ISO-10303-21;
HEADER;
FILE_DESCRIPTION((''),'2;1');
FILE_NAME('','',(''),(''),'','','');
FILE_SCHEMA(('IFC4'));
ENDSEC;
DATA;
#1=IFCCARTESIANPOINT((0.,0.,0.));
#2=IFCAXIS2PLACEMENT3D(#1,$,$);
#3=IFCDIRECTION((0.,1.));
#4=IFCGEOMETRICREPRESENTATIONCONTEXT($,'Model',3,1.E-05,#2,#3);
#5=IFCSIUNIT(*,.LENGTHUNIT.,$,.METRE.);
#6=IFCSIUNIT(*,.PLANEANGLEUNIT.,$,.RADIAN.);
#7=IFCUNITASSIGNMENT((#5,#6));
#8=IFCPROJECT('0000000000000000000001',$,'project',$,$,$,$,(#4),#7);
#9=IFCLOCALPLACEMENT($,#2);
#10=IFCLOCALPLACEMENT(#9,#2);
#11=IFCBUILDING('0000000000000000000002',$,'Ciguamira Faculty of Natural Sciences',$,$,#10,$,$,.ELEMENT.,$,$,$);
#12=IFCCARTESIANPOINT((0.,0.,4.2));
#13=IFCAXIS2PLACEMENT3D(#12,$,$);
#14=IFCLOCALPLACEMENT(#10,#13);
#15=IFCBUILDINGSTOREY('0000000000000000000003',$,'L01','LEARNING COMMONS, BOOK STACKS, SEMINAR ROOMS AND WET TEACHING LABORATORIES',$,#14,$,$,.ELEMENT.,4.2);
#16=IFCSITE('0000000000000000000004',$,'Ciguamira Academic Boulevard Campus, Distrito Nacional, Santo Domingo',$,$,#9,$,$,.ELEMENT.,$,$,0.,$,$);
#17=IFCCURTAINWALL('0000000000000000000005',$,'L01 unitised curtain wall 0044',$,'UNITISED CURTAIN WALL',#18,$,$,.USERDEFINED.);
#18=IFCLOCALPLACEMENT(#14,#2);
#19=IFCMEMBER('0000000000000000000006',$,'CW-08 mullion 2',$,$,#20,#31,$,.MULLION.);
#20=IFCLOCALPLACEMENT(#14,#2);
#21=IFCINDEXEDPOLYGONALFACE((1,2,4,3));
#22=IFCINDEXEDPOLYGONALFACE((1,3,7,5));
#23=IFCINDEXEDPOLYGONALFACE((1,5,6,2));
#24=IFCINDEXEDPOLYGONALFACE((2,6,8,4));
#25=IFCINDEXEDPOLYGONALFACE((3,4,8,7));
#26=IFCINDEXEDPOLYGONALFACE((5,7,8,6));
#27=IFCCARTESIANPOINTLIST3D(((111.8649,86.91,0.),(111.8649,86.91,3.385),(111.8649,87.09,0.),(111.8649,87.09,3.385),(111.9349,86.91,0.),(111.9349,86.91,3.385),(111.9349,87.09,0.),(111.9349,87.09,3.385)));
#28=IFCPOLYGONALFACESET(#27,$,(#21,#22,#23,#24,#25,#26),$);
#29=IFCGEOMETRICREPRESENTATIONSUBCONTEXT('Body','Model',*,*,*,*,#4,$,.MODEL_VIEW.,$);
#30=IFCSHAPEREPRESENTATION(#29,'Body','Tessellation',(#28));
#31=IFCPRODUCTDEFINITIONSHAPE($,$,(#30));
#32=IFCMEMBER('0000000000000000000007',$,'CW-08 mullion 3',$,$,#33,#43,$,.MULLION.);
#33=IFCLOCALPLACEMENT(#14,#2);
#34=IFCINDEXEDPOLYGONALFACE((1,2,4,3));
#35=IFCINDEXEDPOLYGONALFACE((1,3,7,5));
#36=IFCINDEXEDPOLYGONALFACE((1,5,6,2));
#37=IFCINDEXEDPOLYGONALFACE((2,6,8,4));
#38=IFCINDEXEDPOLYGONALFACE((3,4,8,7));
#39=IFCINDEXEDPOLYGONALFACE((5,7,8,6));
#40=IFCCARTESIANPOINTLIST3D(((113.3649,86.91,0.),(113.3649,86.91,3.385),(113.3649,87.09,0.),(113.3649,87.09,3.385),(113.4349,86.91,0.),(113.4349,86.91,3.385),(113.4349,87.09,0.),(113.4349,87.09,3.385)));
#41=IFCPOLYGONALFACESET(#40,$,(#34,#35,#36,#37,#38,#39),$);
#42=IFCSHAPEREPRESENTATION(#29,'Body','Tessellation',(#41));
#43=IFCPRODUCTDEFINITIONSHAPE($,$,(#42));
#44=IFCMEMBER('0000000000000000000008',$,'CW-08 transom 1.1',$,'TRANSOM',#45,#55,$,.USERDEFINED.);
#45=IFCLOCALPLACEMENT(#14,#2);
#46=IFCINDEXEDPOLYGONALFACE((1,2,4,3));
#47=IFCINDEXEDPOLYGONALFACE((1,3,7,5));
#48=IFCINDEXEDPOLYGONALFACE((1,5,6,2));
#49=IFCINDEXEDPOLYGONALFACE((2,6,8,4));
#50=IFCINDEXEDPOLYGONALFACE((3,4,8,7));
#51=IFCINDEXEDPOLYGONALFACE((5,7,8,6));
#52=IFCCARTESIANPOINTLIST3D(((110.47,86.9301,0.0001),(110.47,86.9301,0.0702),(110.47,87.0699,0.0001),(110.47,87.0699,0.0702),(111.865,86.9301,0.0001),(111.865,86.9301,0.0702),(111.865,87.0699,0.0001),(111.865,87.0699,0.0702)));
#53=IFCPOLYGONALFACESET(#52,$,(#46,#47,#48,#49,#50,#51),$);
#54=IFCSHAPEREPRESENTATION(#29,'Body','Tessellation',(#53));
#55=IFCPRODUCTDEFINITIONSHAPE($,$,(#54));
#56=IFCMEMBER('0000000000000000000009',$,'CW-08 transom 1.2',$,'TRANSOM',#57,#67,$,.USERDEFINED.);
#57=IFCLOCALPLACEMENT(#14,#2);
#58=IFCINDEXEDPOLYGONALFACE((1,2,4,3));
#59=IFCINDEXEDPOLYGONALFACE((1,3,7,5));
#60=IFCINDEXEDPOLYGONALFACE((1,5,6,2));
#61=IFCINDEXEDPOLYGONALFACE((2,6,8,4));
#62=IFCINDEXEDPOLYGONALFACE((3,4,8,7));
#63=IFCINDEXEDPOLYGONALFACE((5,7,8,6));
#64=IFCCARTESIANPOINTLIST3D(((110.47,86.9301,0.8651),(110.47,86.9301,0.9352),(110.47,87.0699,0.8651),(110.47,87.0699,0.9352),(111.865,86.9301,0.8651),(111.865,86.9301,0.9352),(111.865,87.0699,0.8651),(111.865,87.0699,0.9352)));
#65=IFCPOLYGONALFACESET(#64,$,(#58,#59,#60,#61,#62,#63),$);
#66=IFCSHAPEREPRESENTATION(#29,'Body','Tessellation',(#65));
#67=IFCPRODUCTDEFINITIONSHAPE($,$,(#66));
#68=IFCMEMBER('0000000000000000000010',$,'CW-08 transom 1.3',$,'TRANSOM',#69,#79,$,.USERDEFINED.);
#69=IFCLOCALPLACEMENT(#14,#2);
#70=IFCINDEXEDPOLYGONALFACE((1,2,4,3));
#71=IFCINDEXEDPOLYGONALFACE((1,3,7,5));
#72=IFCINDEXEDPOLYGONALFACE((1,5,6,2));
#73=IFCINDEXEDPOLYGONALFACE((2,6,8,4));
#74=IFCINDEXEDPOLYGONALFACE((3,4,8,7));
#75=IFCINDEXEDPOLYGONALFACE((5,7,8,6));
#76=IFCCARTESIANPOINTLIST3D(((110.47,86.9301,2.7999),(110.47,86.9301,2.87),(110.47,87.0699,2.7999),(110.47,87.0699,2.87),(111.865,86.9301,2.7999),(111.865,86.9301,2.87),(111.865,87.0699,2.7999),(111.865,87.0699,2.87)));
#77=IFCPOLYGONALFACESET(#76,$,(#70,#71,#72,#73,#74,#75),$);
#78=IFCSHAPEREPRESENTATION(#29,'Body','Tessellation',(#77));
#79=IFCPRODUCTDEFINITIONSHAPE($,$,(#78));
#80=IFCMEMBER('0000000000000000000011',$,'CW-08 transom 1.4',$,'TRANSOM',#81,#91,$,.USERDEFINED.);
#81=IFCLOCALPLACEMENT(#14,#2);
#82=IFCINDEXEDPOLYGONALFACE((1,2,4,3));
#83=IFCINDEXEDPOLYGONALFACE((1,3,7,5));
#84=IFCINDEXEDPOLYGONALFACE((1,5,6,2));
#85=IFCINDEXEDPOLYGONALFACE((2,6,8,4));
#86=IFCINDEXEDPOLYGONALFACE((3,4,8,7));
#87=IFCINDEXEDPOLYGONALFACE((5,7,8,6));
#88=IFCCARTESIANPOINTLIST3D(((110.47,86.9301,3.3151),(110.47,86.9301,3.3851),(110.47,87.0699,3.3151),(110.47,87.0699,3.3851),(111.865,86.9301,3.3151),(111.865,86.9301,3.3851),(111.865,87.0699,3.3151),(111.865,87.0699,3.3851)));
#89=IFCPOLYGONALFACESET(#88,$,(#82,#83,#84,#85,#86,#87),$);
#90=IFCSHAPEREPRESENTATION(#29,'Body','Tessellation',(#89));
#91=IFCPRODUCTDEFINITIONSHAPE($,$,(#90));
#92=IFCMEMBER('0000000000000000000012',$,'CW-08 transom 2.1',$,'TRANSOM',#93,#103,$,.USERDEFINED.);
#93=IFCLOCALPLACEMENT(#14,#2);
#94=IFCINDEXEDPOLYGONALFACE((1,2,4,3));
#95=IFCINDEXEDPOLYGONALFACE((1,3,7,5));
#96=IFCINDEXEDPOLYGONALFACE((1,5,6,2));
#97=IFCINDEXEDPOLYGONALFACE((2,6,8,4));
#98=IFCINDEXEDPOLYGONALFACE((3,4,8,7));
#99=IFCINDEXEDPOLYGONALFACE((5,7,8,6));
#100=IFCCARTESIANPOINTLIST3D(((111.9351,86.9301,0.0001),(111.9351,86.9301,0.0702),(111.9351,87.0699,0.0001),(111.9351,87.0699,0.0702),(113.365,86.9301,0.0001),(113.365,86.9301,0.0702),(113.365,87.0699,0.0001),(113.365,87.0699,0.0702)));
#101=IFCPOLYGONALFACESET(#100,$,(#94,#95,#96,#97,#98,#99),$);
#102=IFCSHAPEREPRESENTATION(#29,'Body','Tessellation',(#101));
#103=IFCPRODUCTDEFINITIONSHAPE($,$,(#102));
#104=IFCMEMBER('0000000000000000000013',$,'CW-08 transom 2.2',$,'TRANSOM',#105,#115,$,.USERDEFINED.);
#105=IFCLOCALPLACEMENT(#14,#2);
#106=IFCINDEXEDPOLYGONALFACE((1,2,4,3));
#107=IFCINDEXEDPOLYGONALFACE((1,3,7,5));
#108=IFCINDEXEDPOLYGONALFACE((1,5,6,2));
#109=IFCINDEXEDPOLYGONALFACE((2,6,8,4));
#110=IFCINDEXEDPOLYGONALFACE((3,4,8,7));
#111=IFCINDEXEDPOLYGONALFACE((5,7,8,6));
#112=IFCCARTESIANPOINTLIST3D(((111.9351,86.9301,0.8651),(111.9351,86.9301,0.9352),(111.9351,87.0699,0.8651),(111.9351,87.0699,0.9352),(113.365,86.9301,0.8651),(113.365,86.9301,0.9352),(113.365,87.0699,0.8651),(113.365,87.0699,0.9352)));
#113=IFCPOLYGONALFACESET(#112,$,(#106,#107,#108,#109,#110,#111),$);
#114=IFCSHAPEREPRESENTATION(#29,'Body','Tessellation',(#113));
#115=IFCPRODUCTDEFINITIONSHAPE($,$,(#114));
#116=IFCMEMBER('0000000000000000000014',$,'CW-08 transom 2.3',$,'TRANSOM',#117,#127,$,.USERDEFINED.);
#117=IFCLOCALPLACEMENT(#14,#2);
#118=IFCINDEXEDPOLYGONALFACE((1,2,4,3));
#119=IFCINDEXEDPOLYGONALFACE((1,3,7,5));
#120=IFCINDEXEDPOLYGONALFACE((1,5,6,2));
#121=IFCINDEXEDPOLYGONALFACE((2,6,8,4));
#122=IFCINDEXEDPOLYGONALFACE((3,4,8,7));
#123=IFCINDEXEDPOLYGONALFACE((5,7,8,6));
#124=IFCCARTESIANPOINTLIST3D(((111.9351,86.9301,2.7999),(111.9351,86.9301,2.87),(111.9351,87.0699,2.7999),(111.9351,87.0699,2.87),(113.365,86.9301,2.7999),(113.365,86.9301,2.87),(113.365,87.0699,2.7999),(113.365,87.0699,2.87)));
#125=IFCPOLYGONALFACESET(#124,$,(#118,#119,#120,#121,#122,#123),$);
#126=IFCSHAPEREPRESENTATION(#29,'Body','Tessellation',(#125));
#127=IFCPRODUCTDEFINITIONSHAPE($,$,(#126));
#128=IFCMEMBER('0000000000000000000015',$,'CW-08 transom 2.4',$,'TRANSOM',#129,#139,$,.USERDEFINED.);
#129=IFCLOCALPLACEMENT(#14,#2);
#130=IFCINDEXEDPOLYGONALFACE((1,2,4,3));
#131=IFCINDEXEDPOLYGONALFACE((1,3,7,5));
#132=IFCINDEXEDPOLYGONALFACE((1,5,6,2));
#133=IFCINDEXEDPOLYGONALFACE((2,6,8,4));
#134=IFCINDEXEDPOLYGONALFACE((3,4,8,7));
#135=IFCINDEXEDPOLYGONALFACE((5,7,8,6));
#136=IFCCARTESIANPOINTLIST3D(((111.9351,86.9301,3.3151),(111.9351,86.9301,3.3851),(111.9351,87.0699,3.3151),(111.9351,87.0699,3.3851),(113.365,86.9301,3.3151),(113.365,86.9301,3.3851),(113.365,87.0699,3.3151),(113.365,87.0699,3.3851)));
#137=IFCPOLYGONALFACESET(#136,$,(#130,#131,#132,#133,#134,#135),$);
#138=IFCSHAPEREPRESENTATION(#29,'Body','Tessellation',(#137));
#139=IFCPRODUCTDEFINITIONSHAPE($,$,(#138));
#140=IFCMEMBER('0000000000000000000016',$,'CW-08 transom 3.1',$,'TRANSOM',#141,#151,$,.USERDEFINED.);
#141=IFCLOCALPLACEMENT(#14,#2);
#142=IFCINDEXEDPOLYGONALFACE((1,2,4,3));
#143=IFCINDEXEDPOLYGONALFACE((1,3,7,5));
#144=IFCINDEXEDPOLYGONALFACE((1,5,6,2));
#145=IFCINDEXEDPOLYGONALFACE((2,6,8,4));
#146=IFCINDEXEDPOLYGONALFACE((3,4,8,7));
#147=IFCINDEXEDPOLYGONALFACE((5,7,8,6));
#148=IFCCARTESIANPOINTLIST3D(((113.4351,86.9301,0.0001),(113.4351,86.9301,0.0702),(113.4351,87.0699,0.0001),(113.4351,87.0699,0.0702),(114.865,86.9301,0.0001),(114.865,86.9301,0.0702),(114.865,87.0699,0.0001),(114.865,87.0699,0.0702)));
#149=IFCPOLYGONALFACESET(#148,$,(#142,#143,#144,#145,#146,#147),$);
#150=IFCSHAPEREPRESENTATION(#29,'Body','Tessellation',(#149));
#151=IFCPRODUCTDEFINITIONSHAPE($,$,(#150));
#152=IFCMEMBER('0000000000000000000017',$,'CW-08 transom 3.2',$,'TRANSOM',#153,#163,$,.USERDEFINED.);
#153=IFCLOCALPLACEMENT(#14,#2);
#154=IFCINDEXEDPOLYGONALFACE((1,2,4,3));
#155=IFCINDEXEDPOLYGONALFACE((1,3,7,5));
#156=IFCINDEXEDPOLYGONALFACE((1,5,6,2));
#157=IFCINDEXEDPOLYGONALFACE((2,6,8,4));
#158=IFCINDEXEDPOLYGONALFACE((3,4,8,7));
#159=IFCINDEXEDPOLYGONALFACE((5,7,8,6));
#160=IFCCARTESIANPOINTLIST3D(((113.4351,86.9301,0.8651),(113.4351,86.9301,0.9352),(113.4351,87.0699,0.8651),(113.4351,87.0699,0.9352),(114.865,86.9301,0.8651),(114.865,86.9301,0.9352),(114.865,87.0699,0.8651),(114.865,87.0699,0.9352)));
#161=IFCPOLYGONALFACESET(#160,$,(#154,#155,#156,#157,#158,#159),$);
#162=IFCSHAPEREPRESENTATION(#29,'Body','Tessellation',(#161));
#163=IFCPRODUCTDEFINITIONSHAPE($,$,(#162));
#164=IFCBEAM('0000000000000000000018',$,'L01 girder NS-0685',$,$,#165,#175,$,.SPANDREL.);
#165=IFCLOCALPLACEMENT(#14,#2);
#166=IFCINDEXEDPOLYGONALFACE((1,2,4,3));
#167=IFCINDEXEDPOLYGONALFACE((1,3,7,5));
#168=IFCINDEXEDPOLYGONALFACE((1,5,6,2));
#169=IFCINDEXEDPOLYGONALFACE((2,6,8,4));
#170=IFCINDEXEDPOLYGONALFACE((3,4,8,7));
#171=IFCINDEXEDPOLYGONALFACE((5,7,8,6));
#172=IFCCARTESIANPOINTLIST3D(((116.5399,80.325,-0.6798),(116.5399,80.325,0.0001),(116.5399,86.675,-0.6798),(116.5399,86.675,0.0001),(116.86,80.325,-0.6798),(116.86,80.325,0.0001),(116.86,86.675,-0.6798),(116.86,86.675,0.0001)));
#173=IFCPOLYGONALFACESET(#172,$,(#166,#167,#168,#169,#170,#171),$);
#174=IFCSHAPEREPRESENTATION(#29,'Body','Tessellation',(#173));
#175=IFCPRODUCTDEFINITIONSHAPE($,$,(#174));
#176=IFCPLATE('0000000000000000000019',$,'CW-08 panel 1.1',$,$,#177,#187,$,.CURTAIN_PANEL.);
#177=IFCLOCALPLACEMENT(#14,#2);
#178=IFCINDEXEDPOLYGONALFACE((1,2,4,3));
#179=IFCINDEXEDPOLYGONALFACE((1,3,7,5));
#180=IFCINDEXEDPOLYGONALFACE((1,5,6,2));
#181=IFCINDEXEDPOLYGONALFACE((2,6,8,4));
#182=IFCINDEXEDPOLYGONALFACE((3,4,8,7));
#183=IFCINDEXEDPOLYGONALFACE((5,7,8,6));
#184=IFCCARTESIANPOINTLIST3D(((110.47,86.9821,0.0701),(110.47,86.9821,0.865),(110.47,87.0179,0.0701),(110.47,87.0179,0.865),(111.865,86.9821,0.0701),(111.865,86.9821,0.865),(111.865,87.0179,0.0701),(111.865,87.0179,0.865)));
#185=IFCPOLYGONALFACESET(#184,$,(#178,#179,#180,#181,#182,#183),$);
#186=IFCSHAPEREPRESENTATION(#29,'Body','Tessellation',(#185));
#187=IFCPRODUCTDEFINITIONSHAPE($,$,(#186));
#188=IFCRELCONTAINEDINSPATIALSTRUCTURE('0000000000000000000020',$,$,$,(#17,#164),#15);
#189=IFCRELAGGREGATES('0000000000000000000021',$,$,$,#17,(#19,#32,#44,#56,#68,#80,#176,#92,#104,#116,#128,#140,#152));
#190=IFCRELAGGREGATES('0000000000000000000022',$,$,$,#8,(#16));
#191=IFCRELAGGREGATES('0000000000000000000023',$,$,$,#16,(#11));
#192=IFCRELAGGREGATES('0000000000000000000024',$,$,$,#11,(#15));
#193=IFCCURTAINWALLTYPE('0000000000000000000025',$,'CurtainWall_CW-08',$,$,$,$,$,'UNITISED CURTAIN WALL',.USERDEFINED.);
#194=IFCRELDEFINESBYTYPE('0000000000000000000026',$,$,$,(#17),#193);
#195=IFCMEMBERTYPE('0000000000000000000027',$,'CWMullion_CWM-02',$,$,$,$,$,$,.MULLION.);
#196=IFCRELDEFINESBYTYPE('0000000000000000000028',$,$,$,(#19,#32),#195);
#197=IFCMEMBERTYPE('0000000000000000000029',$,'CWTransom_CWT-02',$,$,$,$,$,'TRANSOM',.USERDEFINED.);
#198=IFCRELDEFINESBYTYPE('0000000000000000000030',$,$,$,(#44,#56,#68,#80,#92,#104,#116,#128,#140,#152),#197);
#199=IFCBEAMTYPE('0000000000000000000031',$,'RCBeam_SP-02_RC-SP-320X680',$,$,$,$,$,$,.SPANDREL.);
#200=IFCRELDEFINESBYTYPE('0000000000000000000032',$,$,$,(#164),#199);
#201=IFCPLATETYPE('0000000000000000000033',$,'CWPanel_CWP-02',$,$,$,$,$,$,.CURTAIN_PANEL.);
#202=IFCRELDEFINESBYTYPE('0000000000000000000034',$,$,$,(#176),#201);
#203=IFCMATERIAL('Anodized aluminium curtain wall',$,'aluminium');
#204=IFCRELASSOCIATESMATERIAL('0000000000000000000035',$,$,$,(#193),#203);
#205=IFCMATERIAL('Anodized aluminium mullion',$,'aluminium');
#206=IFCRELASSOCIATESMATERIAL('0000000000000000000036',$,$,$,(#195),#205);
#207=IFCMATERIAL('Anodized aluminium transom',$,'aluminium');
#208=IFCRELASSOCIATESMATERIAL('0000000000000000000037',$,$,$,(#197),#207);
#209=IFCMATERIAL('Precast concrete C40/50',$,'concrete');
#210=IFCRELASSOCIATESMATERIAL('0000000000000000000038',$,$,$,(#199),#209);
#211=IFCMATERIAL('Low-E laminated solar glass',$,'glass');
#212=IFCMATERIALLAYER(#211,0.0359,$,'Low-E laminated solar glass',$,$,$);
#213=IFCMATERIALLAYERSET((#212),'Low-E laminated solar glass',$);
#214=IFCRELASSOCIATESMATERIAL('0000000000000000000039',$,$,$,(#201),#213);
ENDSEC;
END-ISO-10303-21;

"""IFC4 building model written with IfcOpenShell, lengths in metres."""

from ifc_helpers import new_model, si_unit, direction, frame, origin, origin_2d, place, context, subcontext, project, spatial, rectangle, extrude, material, layer, layer_set, material_profile, profile_set, type_object, element, aggregate, save


model = new_model("IFC4")

# Units and contexts
model_context = context("Model", 3, precision=1e-05, world=origin(), true_north=direction((0.0, 1.0)))
body_context = subcontext(model_context, "Body", "Model", "MODEL_VIEW")
ifc_project = project(units=[si_unit("LENGTHUNIT", "METRE"), si_unit("PLANEANGLEUNIT", "RADIAN")], contexts=[model_context])

# Site, building, storey
site_placement = place(None, origin())
site = spatial("IfcSite", under=ifc_project, at=site_placement, Name="Ciguamira Academic Boulevard Campus, Distrito Nacional, Santo Domingo", CompositionType="ELEMENT", RefElevation=0.0)
building_placement = place(site_placement, origin())
building = spatial("IfcBuilding", under=site, at=building_placement, Name="Ciguamira Faculty of Natural Sciences", CompositionType="ELEMENT")
storey_placement = place(building_placement, frame((0.0, 0.0, 4.2)))
storey = spatial("IfcBuildingStorey", under=building, at=storey_placement, Name="L01", Description="LEARNING COMMONS, BOOK STACKS, SEMINAR ROOMS AND WET TEACHING LABORATORIES", CompositionType="ELEMENT", Elevation=4.2)

# Curtain wall, members
ifc_material_1 = material(Name="Anodized aluminium curtain wall", Category="aluminium")
curtain_wall_type = type_object("IfcCurtainWallType", Name="CurtainWall_CW-08", ElementType="UNITISED CURTAIN WALL", PredefinedType="USERDEFINED", material=ifc_material_1)
curtain_wall_placement = place(storey_placement, origin())
curtain_wall = element("IfcCurtainWall", 1, at=curtain_wall_placement, inside=storey, type_object=curtain_wall_type, Name="L01 unitised curtain wall 0044", ObjectType="UNITISED CURTAIN WALL", PredefinedType="USERDEFINED")
ifc_material_2 = material(Name="Anodized aluminium mullion", Category="aluminium")
ifc_material_profile_1 = material_profile(ifc_material_2, rectangle(XDim=0.0701, YDim=0.1799, at=origin_2d()), Name="ALU-MUL-70X180")
ifc_profile_set_1 = profile_set([ifc_material_profile_1], Name="Anodized aluminium mullion")
member_type_1 = type_object("IfcMemberType", Name="CWMullion_CWM-02", PredefinedType="MULLION", material=ifc_profile_set_1)
member_1_placement = place(storey_placement, frame((111.8999, 87.0, 0.0), z_axis=(0.0, 0.0, 1.0), x_axis=(1.0, 0.0, 0.0)))
member_1 = element("IfcMember", 2, at=member_1_placement, type_object=member_type_1, Name="CW-08 mullion 2", PredefinedType="MULLION", context=body_context, shape_type="SweptSolid", body=[
    extrude(rectangle(XDim=0.0701, YDim=0.1799, at=origin_2d()), origin(), (0.0, 0.0, 1.0), 3.385),
])
member_2_placement = place(storey_placement, frame((113.3999, 87.0, 0.0), z_axis=(0.0, 0.0, 1.0), x_axis=(1.0, 0.0, 0.0)))
member_2 = element("IfcMember", 3, at=member_2_placement, type_object=member_type_1, Name="CW-08 mullion 3", PredefinedType="MULLION", context=body_context, shape_type="SweptSolid", body=[
    extrude(rectangle(XDim=0.0701, YDim=0.1799, at=origin_2d()), origin(), (0.0, 0.0, 1.0), 3.385),
])
ifc_material_3 = material(Name="Anodized aluminium transom", Category="aluminium")
ifc_material_profile_2 = material_profile(ifc_material_3, rectangle(XDim=0.0701, YDim=0.1399, at=origin_2d()), Name="ALU-TRN-70X140")
ifc_profile_set_2 = profile_set([ifc_material_profile_2], Name="Anodized aluminium transom")
member_type_2 = type_object("IfcMemberType", Name="CWTransom_CWT-02", ElementType="TRANSOM", PredefinedType="USERDEFINED", material=ifc_profile_set_2)
member_3_placement = place(storey_placement, frame((110.47, 87.0, 0.0352), z_axis=(1.0, 0.0, 0.0), x_axis=(0.0, 0.0, 1.0)))
member_3 = element("IfcMember", 4, at=member_3_placement, type_object=member_type_2, Name="CW-08 transom 1.1", ObjectType="TRANSOM", PredefinedType="USERDEFINED", context=body_context, shape_type="SweptSolid", body=[
    extrude(rectangle(XDim=0.0701, YDim=0.1399, at=origin_2d()), origin(), (0.0, 0.0, 1.0), 1.395),
])
member_4_placement = place(storey_placement, frame((110.47, 87.0, 0.9001), z_axis=(1.0, 0.0, 0.0), x_axis=(0.0, 0.0, 1.0)))
member_4 = element("IfcMember", 5, at=member_4_placement, type_object=member_type_2, Name="CW-08 transom 1.2", ObjectType="TRANSOM", PredefinedType="USERDEFINED", context=body_context, shape_type="SweptSolid", body=[
    extrude(rectangle(XDim=0.0701, YDim=0.1399, at=origin_2d()), origin(), (0.0, 0.0, 1.0), 1.395),
])
member_5_placement = place(storey_placement, frame((110.47, 87.0, 2.835), z_axis=(1.0, 0.0, 0.0), x_axis=(0.0, 0.0, 1.0)))
member_5 = element("IfcMember", 6, at=member_5_placement, type_object=member_type_2, Name="CW-08 transom 1.3", ObjectType="TRANSOM", PredefinedType="USERDEFINED", context=body_context, shape_type="SweptSolid", body=[
    extrude(rectangle(XDim=0.0701, YDim=0.1399, at=origin_2d()), origin(), (0.0, 0.0, 1.0), 1.395),
])
member_6_placement = place(storey_placement, frame((110.47, 87.0, 3.3501), z_axis=(1.0, 0.0, 0.0), x_axis=(0.0, 0.0, 1.0)))
member_6 = element("IfcMember", 7, at=member_6_placement, type_object=member_type_2, Name="CW-08 transom 1.4", ObjectType="TRANSOM", PredefinedType="USERDEFINED", context=body_context, shape_type="SweptSolid", body=[
    extrude(rectangle(XDim=0.0701, YDim=0.1399, at=origin_2d()), origin(), (0.0, 0.0, 1.0), 1.395),
])
member_7_placement = place(storey_placement, frame((111.9351, 87.0, 0.0352), z_axis=(1.0, 0.0, 0.0), x_axis=(0.0, 0.0, 1.0)))
member_7 = element("IfcMember", 8, at=member_7_placement, type_object=member_type_2, Name="CW-08 transom 2.1", ObjectType="TRANSOM", PredefinedType="USERDEFINED", context=body_context, shape_type="SweptSolid", body=[
    extrude(rectangle(XDim=0.0701, YDim=0.1399, at=origin_2d()), origin(), (0.0, 0.0, 1.0), 1.4299),
])
member_8_placement = place(storey_placement, frame((111.9351, 87.0, 0.9001), z_axis=(1.0, 0.0, 0.0), x_axis=(0.0, 0.0, 1.0)))
member_8 = element("IfcMember", 9, at=member_8_placement, type_object=member_type_2, Name="CW-08 transom 2.2", ObjectType="TRANSOM", PredefinedType="USERDEFINED", context=body_context, shape_type="SweptSolid", body=[
    extrude(rectangle(XDim=0.0701, YDim=0.1399, at=origin_2d()), origin(), (0.0, 0.0, 1.0), 1.4299),
])
member_9_placement = place(storey_placement, frame((111.9351, 87.0, 2.835), z_axis=(1.0, 0.0, 0.0), x_axis=(0.0, 0.0, 1.0)))
member_9 = element("IfcMember", 10, at=member_9_placement, type_object=member_type_2, Name="CW-08 transom 2.3", ObjectType="TRANSOM", PredefinedType="USERDEFINED", context=body_context, shape_type="SweptSolid", body=[
    extrude(rectangle(XDim=0.0701, YDim=0.1399, at=origin_2d()), origin(), (0.0, 0.0, 1.0), 1.4299),
])
member_10_placement = place(storey_placement, frame((111.9351, 87.0, 3.3501), z_axis=(1.0, 0.0, 0.0), x_axis=(0.0, 0.0, 1.0)))
member_10 = element("IfcMember", 11, at=member_10_placement, type_object=member_type_2, Name="CW-08 transom 2.4", ObjectType="TRANSOM", PredefinedType="USERDEFINED", context=body_context, shape_type="SweptSolid", body=[
    extrude(rectangle(XDim=0.0701, YDim=0.1399, at=origin_2d()), origin(), (0.0, 0.0, 1.0), 1.4299),
])
member_11_placement = place(storey_placement, frame((113.4351, 87.0, 0.0352), z_axis=(1.0, 0.0, 0.0), x_axis=(0.0, 0.0, 1.0)))
member_11 = element("IfcMember", 12, at=member_11_placement, type_object=member_type_2, Name="CW-08 transom 3.1", ObjectType="TRANSOM", PredefinedType="USERDEFINED", context=body_context, shape_type="SweptSolid", body=[
    extrude(rectangle(XDim=0.0701, YDim=0.1399, at=origin_2d()), origin(), (0.0, 0.0, 1.0), 1.4299),
])
member_12_placement = place(storey_placement, frame((113.4351, 87.0, 0.9001), z_axis=(1.0, 0.0, 0.0), x_axis=(0.0, 0.0, 1.0)))
member_12 = element("IfcMember", 13, at=member_12_placement, type_object=member_type_2, Name="CW-08 transom 3.2", ObjectType="TRANSOM", PredefinedType="USERDEFINED", context=body_context, shape_type="SweptSolid", body=[
    extrude(rectangle(XDim=0.0701, YDim=0.1399, at=origin_2d()), origin(), (0.0, 0.0, 1.0), 1.4299),
])

# Beam
ifc_material_4 = material(Name="Precast concrete C40/50", Category="concrete")
ifc_material_profile_3 = material_profile(ifc_material_4, rectangle(XDim=0.3201, YDim=0.6799, at=origin_2d()), Name="RC-SP-320X680")
ifc_profile_set_3 = profile_set([ifc_material_profile_3], Name="Precast concrete C40/50")
beam_type = type_object("IfcBeamType", Name="RCBeam_SP-02_RC-SP-320X680", PredefinedType="SPANDREL", material=ifc_profile_set_3)
beam_placement = place(storey_placement, frame((116.7, 80.325, -0.3398), z_axis=(0.0, 1.0, 0.0), x_axis=(-1.0, 0.0, 0.0)))
element("IfcBeam", 14, at=beam_placement, inside=storey, type_object=beam_type, Name="L01 girder NS-0685", PredefinedType="SPANDREL", context=body_context, shape_type="SweptSolid", body=[
    extrude(rectangle(XDim=0.3201, YDim=0.6799, at=origin_2d()), origin(), (0.0, 0.0, 1.0), 6.3501),
])

# Plate
ifc_material_5 = material(Name="Low-E laminated solar glass", Category="glass")
ifc_layer_1 = layer(ifc_material_5, 0.0359, Name="Low-E laminated solar glass")
ifc_layer_set_1 = layer_set([ifc_layer_1], Name="Low-E laminated solar glass")
plate_type = type_object("IfcPlateType", Name="CWPanel_CWP-02", PredefinedType="CURTAIN_PANEL", material=ifc_layer_set_1)
plate_1_placement = place(storey_placement, frame((111.1675, 87.0, 0.0701), z_axis=(0.0, 0.0, 1.0), x_axis=(1.0, 0.0, 0.0)))
plate_1 = element("IfcPlate", 15, at=plate_1_placement, type_object=plate_type, Name="CW-08 panel 1.1", PredefinedType="CURTAIN_PANEL", context=body_context, shape_type="SweptSolid", body=[
    extrude(rectangle(XDim=1.395, YDim=0.0359, at=origin_2d()), origin(), (0.0, 0.0, 1.0), 0.7949),
])
aggregate(curtain_wall, [member_1, member_2, member_3, member_4, member_5, member_6, plate_1, member_7, member_8, member_9, member_10, member_11, member_12])

save(model, "model.ifc")
